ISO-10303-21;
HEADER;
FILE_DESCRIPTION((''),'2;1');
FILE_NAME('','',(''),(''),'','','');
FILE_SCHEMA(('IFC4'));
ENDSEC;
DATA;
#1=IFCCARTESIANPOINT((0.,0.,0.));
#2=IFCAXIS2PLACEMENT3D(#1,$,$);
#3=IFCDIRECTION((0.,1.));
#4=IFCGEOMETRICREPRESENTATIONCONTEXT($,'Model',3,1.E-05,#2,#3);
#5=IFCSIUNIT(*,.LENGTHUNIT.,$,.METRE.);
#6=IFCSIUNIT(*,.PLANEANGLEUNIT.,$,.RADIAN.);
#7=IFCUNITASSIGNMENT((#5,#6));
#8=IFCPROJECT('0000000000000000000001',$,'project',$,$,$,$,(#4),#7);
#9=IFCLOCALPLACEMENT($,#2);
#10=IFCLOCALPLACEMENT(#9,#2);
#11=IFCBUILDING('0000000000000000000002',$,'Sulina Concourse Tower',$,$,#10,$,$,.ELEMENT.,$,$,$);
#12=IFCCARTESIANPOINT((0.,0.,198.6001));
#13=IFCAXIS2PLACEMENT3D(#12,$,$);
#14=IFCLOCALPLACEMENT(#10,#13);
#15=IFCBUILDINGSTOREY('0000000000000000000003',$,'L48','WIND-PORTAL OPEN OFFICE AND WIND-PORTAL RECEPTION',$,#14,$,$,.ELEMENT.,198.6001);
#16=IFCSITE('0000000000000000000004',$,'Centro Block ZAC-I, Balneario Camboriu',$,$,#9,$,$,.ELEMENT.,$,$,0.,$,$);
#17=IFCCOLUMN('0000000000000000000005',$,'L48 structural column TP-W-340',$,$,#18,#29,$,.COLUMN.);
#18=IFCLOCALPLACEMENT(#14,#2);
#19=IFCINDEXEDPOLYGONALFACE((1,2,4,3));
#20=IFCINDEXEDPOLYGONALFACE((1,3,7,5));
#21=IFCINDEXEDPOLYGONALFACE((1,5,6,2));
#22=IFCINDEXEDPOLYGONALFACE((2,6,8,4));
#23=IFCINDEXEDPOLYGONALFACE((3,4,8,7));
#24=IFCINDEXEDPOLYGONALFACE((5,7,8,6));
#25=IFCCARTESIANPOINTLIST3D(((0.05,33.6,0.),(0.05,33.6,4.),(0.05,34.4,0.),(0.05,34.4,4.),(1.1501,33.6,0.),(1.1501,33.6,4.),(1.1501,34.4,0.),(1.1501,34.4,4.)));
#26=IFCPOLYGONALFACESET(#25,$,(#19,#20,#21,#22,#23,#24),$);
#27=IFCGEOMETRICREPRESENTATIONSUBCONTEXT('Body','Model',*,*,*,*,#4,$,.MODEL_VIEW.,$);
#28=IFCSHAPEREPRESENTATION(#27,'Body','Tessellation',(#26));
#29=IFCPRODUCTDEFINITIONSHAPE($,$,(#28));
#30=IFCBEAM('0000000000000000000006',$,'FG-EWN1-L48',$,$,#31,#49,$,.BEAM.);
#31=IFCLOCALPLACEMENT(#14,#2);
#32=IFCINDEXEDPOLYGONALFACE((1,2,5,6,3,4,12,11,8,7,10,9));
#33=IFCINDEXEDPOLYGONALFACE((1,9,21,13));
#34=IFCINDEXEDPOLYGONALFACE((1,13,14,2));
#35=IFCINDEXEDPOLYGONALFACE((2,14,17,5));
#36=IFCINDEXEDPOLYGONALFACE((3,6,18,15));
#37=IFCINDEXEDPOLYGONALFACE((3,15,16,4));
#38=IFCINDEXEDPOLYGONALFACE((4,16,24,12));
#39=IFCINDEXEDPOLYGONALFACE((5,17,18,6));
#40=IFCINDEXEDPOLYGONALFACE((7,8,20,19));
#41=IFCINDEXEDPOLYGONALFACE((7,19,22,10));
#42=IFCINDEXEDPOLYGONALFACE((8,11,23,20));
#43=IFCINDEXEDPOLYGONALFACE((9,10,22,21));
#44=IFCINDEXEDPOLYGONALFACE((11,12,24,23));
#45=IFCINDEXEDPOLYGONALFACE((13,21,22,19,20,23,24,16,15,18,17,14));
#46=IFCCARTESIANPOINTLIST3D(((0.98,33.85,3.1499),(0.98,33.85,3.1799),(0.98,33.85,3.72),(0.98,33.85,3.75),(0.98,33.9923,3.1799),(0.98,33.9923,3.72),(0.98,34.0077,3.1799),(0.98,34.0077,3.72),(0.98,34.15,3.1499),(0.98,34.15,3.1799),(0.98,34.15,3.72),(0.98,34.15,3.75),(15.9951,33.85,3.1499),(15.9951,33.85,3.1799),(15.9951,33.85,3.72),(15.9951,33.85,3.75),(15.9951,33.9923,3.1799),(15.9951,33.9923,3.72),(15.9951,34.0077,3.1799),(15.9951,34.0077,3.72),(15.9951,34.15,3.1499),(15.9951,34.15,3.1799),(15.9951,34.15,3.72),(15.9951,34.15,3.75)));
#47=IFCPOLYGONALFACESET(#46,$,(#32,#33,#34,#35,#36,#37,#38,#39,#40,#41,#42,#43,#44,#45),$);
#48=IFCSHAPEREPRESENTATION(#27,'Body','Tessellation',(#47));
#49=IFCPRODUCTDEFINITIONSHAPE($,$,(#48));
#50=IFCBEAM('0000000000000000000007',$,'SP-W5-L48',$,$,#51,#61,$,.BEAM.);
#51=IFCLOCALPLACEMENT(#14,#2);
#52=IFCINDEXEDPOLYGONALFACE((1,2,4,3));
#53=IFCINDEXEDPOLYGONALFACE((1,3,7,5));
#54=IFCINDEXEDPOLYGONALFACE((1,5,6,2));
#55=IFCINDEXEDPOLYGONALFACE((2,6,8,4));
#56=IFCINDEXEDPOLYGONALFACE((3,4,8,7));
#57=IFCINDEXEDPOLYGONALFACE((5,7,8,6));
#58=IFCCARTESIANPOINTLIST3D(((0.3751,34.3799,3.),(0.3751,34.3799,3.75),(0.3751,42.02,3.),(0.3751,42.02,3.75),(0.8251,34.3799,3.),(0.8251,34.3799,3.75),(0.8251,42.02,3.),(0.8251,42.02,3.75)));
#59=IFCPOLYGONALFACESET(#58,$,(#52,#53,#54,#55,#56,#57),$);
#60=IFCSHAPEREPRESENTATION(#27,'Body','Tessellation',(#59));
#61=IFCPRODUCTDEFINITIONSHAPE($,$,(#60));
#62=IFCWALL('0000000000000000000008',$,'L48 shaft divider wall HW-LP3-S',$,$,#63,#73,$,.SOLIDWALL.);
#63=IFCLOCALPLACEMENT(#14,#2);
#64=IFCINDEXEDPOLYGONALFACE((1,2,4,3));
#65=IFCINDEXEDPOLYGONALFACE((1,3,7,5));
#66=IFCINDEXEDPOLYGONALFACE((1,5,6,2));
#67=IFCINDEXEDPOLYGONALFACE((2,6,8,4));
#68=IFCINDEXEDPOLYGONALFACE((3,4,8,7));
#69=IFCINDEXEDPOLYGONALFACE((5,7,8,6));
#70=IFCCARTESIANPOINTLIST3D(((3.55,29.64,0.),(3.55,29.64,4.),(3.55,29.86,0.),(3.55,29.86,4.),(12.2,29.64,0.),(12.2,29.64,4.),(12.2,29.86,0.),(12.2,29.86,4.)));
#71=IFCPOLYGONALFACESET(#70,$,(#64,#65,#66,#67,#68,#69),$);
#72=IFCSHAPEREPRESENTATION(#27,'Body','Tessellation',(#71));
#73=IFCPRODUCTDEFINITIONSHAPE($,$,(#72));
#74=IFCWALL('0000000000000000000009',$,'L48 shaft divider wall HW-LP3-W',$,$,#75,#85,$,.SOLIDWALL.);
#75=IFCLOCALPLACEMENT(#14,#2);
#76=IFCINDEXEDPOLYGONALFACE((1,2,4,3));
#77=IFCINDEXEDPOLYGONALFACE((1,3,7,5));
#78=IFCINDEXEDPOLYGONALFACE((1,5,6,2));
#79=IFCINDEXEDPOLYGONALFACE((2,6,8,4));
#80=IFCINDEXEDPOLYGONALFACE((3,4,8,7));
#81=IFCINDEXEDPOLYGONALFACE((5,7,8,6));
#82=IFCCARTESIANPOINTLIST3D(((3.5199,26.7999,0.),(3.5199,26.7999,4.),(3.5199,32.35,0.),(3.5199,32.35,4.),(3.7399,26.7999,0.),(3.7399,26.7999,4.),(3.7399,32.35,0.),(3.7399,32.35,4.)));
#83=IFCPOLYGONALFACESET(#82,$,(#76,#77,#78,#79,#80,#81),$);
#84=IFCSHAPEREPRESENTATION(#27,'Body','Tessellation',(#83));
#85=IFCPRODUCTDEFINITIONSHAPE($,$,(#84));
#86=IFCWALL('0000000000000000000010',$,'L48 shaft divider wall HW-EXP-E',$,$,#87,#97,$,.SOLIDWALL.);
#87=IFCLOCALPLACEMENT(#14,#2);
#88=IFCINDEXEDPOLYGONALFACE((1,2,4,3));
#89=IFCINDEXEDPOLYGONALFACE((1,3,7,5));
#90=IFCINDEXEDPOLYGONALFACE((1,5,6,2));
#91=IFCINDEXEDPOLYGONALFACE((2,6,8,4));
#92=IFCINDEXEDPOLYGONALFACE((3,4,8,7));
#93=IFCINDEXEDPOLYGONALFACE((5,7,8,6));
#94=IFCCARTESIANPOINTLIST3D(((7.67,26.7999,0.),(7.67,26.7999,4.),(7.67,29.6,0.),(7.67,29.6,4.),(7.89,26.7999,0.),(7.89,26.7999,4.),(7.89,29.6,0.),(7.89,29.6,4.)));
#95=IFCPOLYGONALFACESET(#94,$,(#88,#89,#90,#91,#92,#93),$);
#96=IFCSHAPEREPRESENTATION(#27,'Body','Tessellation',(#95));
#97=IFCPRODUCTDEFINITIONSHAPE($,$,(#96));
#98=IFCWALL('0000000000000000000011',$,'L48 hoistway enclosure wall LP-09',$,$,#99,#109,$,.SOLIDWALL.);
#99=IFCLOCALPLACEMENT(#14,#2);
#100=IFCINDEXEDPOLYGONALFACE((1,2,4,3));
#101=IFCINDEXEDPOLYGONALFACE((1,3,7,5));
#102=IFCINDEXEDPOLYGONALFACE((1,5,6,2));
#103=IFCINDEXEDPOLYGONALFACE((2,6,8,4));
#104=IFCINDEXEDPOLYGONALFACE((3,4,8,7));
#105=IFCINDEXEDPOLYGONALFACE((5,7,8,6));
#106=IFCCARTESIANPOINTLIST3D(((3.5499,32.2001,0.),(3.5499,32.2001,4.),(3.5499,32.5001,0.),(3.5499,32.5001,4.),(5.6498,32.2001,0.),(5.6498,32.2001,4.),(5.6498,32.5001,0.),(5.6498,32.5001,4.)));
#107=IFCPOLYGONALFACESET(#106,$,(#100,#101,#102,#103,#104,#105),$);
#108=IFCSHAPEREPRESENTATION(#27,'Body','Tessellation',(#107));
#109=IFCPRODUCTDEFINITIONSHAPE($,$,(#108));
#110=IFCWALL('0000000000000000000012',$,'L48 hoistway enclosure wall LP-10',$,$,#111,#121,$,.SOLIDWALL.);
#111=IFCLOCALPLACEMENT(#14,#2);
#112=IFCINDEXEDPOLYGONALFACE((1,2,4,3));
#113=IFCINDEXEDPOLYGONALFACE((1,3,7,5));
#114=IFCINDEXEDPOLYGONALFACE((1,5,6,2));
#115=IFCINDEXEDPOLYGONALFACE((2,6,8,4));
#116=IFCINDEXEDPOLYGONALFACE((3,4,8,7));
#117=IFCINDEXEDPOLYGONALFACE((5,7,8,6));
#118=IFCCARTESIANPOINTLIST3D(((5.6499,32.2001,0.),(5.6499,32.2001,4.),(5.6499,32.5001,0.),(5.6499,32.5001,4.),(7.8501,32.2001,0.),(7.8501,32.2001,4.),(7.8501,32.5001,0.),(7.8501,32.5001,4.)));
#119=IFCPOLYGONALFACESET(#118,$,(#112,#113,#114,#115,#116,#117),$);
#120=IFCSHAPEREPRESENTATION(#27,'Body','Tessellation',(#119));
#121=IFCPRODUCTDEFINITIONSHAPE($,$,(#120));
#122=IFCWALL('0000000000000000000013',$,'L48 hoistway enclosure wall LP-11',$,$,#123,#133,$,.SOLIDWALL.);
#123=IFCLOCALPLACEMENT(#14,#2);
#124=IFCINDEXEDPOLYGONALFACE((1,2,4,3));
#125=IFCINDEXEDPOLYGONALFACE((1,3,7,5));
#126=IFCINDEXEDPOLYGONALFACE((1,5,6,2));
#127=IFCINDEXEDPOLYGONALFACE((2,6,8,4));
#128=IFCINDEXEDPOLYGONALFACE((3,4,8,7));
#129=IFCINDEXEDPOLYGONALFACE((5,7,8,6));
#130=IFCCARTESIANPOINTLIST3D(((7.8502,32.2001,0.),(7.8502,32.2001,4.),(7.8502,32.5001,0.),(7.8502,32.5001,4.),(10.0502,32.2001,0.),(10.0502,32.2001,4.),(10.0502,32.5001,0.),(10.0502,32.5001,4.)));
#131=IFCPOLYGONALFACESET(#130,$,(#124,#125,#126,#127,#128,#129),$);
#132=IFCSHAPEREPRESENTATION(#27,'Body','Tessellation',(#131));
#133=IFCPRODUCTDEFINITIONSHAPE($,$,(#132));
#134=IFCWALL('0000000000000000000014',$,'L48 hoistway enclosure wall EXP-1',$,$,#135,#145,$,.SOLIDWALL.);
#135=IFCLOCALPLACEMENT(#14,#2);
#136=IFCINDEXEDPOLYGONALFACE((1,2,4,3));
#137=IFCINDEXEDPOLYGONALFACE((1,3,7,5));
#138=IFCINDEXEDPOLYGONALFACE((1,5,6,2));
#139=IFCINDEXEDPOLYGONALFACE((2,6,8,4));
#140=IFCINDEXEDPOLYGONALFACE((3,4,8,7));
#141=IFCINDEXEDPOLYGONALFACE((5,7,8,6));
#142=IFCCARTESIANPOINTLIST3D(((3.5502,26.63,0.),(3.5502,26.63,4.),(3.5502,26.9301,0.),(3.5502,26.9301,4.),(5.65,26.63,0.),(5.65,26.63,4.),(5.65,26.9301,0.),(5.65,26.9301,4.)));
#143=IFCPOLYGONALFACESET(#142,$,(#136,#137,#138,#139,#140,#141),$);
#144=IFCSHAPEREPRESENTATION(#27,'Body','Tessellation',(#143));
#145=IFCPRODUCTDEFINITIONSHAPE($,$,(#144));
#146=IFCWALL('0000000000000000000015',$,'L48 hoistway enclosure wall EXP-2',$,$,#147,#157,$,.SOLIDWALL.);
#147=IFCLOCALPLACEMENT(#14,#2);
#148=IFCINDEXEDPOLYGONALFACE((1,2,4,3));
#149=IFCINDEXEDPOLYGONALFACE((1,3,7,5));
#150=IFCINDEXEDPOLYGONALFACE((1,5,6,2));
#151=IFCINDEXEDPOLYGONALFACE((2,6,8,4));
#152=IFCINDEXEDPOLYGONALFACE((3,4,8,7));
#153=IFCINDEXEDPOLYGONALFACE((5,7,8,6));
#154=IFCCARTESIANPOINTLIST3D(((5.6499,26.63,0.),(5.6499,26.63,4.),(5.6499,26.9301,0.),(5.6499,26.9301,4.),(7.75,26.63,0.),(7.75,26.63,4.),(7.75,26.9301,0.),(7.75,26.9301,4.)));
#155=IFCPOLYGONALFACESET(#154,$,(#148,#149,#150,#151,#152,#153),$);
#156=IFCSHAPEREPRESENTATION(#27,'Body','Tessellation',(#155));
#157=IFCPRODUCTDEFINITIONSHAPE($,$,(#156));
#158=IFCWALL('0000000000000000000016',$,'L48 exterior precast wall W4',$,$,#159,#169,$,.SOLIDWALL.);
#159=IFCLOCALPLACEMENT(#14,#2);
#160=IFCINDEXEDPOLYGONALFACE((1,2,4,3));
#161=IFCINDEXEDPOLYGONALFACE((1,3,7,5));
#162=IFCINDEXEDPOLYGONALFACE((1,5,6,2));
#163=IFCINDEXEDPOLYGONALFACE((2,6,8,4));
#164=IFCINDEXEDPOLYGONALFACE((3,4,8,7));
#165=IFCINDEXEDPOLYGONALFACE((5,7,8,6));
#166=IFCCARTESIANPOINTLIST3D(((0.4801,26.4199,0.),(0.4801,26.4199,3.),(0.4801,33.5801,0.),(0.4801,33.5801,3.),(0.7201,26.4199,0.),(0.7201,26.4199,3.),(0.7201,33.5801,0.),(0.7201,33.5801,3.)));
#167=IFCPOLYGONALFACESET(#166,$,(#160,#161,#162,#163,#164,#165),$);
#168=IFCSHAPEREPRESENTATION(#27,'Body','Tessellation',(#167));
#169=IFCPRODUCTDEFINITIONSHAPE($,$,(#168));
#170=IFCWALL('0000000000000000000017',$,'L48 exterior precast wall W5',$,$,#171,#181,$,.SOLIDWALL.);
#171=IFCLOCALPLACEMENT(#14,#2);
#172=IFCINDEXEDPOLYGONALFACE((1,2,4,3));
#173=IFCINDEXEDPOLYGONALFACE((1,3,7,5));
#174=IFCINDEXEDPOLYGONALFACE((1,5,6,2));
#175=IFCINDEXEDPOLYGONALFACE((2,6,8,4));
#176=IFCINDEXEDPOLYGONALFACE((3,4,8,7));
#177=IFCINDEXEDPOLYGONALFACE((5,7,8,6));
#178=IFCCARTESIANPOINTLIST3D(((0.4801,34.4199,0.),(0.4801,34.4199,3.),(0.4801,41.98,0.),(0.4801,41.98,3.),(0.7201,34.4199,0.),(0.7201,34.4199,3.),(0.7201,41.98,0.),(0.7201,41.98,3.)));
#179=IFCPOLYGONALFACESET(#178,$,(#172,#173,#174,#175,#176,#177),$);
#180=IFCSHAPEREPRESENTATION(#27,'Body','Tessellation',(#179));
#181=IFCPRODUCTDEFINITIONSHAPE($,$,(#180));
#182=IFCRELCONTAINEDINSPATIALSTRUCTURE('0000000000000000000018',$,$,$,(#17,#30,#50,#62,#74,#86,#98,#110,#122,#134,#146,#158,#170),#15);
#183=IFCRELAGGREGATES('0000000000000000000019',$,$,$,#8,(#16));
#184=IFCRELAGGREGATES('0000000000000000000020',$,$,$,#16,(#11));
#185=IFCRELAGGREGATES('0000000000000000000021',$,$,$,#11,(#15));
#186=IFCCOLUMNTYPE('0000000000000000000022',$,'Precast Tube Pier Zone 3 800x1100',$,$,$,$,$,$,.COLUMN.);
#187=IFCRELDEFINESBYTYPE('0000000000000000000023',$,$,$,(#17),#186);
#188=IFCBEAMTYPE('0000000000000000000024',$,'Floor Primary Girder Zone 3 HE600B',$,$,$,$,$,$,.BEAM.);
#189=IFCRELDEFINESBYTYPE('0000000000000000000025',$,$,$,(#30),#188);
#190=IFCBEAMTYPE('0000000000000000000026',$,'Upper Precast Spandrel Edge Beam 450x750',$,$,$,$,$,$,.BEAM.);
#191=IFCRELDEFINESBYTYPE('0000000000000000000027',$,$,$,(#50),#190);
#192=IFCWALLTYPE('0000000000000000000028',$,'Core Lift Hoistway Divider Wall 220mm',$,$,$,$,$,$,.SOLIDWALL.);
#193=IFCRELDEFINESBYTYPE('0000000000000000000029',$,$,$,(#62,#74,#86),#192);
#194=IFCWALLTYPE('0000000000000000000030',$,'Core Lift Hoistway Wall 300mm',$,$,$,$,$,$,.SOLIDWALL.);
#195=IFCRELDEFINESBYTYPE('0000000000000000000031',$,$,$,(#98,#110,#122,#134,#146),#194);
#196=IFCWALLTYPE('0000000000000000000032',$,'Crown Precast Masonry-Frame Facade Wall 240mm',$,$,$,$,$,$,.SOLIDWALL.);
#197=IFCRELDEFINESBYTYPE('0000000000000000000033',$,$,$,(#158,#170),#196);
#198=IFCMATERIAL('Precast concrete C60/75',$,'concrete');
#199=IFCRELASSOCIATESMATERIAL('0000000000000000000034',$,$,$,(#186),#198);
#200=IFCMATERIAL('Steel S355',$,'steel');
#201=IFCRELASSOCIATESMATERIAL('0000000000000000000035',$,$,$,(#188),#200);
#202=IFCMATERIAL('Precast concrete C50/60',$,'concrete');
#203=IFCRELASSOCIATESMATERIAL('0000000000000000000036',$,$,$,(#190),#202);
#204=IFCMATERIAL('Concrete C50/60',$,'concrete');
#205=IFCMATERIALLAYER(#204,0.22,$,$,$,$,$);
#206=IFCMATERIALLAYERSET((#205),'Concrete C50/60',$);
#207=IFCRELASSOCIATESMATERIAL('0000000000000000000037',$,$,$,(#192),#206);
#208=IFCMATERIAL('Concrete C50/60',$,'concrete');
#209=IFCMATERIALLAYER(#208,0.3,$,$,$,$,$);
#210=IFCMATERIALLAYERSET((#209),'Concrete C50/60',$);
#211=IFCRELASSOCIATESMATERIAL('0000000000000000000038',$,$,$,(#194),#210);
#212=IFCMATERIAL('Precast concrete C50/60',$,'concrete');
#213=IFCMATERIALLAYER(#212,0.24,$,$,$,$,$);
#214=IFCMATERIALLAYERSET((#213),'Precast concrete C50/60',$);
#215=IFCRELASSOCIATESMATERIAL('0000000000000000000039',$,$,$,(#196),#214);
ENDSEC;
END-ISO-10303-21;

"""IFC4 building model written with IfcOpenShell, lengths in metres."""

from ifc_helpers import new_model, si_unit, direction, frame, frame_2d, origin, origin_2d, place, context, subcontext, project, spatial, rectangle, i_section, extrude, material, layer, layer_set, material_profile, profile_set, type_object, element, save


model = new_model("IFC4")

# Units and contexts
model_context = context("Model", 3, precision=1e-05, world=origin(), true_north=direction((0.0, 1.0)))
body_context = subcontext(model_context, "Body", "Model", "MODEL_VIEW")
ifc_project = project(units=[si_unit("LENGTHUNIT", "METRE"), si_unit("PLANEANGLEUNIT", "RADIAN")], contexts=[model_context])

# Site, building, storey
site_placement = place(None, origin())
site = spatial("IfcSite", under=ifc_project, at=site_placement, Name="Centro Block ZAC-I, Balneario Camboriu", CompositionType="ELEMENT", RefElevation=0.0)
building_placement = place(site_placement, origin())
building = spatial("IfcBuilding", under=site, at=building_placement, Name="Sulina Concourse Tower", CompositionType="ELEMENT")
storey_placement = place(building_placement, frame((0.0, 0.0, 198.6001)))
storey = spatial("IfcBuildingStorey", under=building, at=storey_placement, Name="L48", Description="WIND-PORTAL OPEN OFFICE AND WIND-PORTAL RECEPTION", CompositionType="ELEMENT", Elevation=198.6001)

# Column
ifc_material_1 = material(Name="Precast concrete C60/75", Category="concrete")
ifc_material_profile_1 = material_profile(ifc_material_1, rectangle(XDim=0.8, YDim=1.1001, at=origin_2d()), Name="PC 800x1100")
ifc_profile_set_1 = profile_set([ifc_material_profile_1], Name="Precast concrete C60/75")
column_type = type_object("IfcColumnType", Name="Precast Tube Pier Zone 3 800x1100", PredefinedType="COLUMN", material=ifc_profile_set_1)
column_placement = place(storey_placement, frame((0.6001, 34.0, 0.0), z_axis=(0.0, 0.0, 1.0), x_axis=(0.0, 1.0, 0.0)))
element("IfcColumn", 1, at=column_placement, inside=storey, type_object=column_type, Name="L48 structural column TP-W-340", PredefinedType="COLUMN", context=body_context, shape_type="SweptSolid", body=[
    extrude(rectangle(XDim=0.8, YDim=1.1001, at=origin_2d()), origin(), (0.0, 0.0, 1.0), 4.0),
])

# Beams
ifc_material_2 = material(Name="Steel S355", Category="steel")
ifc_material_profile_2 = material_profile(ifc_material_2, i_section(OverallWidth=0.3, OverallDepth=0.6001, WebThickness=0.0154, FlangeThickness=0.03, at=origin_2d()), Name="HE 600 B")
ifc_profile_set_2 = profile_set([ifc_material_profile_2], Name="Steel S355")
beam_type_1 = type_object("IfcBeamType", Name="Floor Primary Girder Zone 3 HE600B", PredefinedType="BEAM", material=ifc_profile_set_2)
beam_1_placement = place(storey_placement, frame((0.98, 34.0, 3.45), z_axis=(1.0, 0.0, 0.0), x_axis=(0.0, 1.0, 0.0)))
element("IfcBeam", 2, at=beam_1_placement, inside=storey, type_object=beam_type_1, Name="FG-EWN1-L48", PredefinedType="BEAM", context=body_context, shape_type="SweptSolid", body=[
    extrude(i_section(OverallWidth=0.3, OverallDepth=0.6001, WebThickness=0.0154, FlangeThickness=0.03, at=origin_2d()), origin(), (0.0, 0.0, 1.0), 15.0151),
])
ifc_material_3 = material(Name="Precast concrete C50/60", Category="concrete")
ifc_material_profile_3 = material_profile(ifc_material_3, rectangle(XDim=0.45, YDim=0.75, at=origin_2d()), Name="RC 450x750")
ifc_profile_set_3 = profile_set([ifc_material_profile_3], Name="Precast concrete C50/60")
beam_type_2 = type_object("IfcBeamType", Name="Upper Precast Spandrel Edge Beam 450x750", PredefinedType="BEAM", material=ifc_profile_set_3)
beam_2_placement = place(storey_placement, frame((0.6001, 34.3799, 3.375), z_axis=(0.0, 1.0, 0.0), x_axis=(-1.0, 0.0, 0.0)))
element("IfcBeam", 3, at=beam_2_placement, inside=storey, type_object=beam_type_2, Name="SP-W5-L48", PredefinedType="BEAM", context=body_context, shape_type="SweptSolid", body=[
    extrude(rectangle(XDim=0.45, YDim=0.75, at=origin_2d()), origin(), (0.0, 0.0, 1.0), 7.6401),
])

# Walls
ifc_material_4 = material(Name="Concrete C50/60", Category="concrete")
ifc_layer_1 = layer(ifc_material_4, 0.22)
ifc_layer_set_1 = layer_set([ifc_layer_1], Name="Concrete C50/60")
wall_type_1 = type_object("IfcWallType", Name="Core Lift Hoistway Divider Wall 220mm", PredefinedType="SOLIDWALL", material=ifc_layer_set_1)
wall_1_placement = place(storey_placement, frame((3.55, 29.75, 0.0), z_axis=(0.0, 0.0, 1.0), x_axis=(1.0, 0.0, 0.0)))
element("IfcWall", 4, at=wall_1_placement, inside=storey, type_object=wall_type_1, Name="L48 shaft divider wall HW-LP3-S", PredefinedType="SOLIDWALL", context=body_context, shape_type="SweptSolid", body=[
    extrude(rectangle(XDim=8.6499, YDim=0.22, at=frame_2d((4.325, 0.0))), origin(), (0.0, 0.0, 1.0), 4.0),
])
wall_2_placement = place(storey_placement, frame((3.6299, 26.8, 0.0), z_axis=(0.0, 0.0, 1.0), x_axis=(0.0, 1.0, 0.0)))
element("IfcWall", 5, at=wall_2_placement, inside=storey, type_object=wall_type_1, Name="L48 shaft divider wall HW-LP3-W", PredefinedType="SOLIDWALL", context=body_context, shape_type="SweptSolid", body=[
    extrude(rectangle(XDim=5.55, YDim=0.22, at=frame_2d((2.7749, 0.0))), origin(), (0.0, 0.0, 1.0), 4.0),
])
wall_3_placement = place(storey_placement, frame((7.78, 26.8, 0.0), z_axis=(0.0, 0.0, 1.0), x_axis=(0.0, 1.0, 0.0)))
element("IfcWall", 6, at=wall_3_placement, inside=storey, type_object=wall_type_1, Name="L48 shaft divider wall HW-EXP-E", PredefinedType="SOLIDWALL", context=body_context, shape_type="SweptSolid", body=[
    extrude(rectangle(XDim=2.8, YDim=0.22, at=frame_2d((1.3999, 0.0))), origin(), (0.0, 0.0, 1.0), 4.0),
])
ifc_material_5 = material(Name="Concrete C50/60", Category="concrete")
ifc_layer_2 = layer(ifc_material_5, 0.3)
ifc_layer_set_2 = layer_set([ifc_layer_2], Name="Concrete C50/60")
wall_type_2 = type_object("IfcWallType", Name="Core Lift Hoistway Wall 300mm", PredefinedType="SOLIDWALL", material=ifc_layer_set_2)
wall_4_placement = place(storey_placement, frame((3.55, 32.3501, 0.0), z_axis=(0.0, 0.0, 1.0), x_axis=(1.0, 0.0, 0.0)))
element("IfcWall", 7, at=wall_4_placement, inside=storey, type_object=wall_type_2, Name="L48 hoistway enclosure wall LP-09", PredefinedType="SOLIDWALL", context=body_context, shape_type="SweptSolid", body=[
    extrude(rectangle(XDim=2.0999, YDim=0.3, at=frame_2d((1.0498, 0.0))), origin(), (0.0, 0.0, 1.0), 4.0),
])
wall_5_placement = place(storey_placement, frame((5.6499, 32.3501, 0.0), z_axis=(0.0, 0.0, 1.0), x_axis=(1.0, 0.0, 0.0)))
element("IfcWall", 8, at=wall_5_placement, inside=storey, type_object=wall_type_2, Name="L48 hoistway enclosure wall LP-10", PredefinedType="SOLIDWALL", context=body_context, shape_type="SweptSolid", body=[
    extrude(rectangle(XDim=2.2002, YDim=0.3, at=frame_2d((1.1001, 0.0))), origin(), (0.0, 0.0, 1.0), 4.0),
])
wall_6_placement = place(storey_placement, frame((7.8501, 32.3501, 0.0), z_axis=(0.0, 0.0, 1.0), x_axis=(1.0, 0.0, 0.0)))
element("IfcWall", 9, at=wall_6_placement, inside=storey, type_object=wall_type_2, Name="L48 hoistway enclosure wall LP-11", PredefinedType="SOLIDWALL", context=body_context, shape_type="SweptSolid", body=[
    extrude(rectangle(XDim=2.2, YDim=0.3, at=frame_2d((1.1001, 0.0))), origin(), (0.0, 0.0, 1.0), 4.0),
])
wall_7_placement = place(storey_placement, frame((5.6499, 26.78, 0.0), z_axis=(0.0, 0.0, 1.0), x_axis=(-1.0, 0.0, 0.0)))
element("IfcWall", 10, at=wall_7_placement, inside=storey, type_object=wall_type_2, Name="L48 hoistway enclosure wall EXP-1", PredefinedType="SOLIDWALL", context=body_context, shape_type="SweptSolid", body=[
    extrude(rectangle(XDim=2.0999, YDim=0.3, at=frame_2d((1.0498, 0.0))), origin(), (0.0, 0.0, 1.0), 4.0),
])
wall_8_placement = place(storey_placement, frame((7.75, 26.78, 0.0), z_axis=(0.0, 0.0, 1.0), x_axis=(-1.0, 0.0, 0.0)))
element("IfcWall", 11, at=wall_8_placement, inside=storey, type_object=wall_type_2, Name="L48 hoistway enclosure wall EXP-2", PredefinedType="SOLIDWALL", context=body_context, shape_type="SweptSolid", body=[
    extrude(rectangle(XDim=2.1001, YDim=0.3, at=frame_2d((1.05, 0.0))), origin(), (0.0, 0.0, 1.0), 4.0),
])
ifc_material_6 = material(Name="Precast concrete C50/60", Category="concrete")
ifc_layer_3 = layer(ifc_material_6, 0.24)
ifc_layer_set_3 = layer_set([ifc_layer_3], Name="Precast concrete C50/60")
wall_type_3 = type_object("IfcWallType", Name="Crown Precast Masonry-Frame Facade Wall 240mm", PredefinedType="SOLIDWALL", material=ifc_layer_set_3)
wall_9_placement = place(storey_placement, frame((0.6001, 26.4199, 0.0), z_axis=(0.0, 0.0, 1.0), x_axis=(0.0, 1.0, 0.0)))
element("IfcWall", 12, at=wall_9_placement, inside=storey, type_object=wall_type_3, Name="L48 exterior precast wall W4", PredefinedType="SOLIDWALL", context=body_context, shape_type="SweptSolid", body=[
    extrude(rectangle(XDim=7.1602, YDim=0.24, at=frame_2d((3.5801, 0.0))), origin(), (0.0, 0.0, 1.0), 3.0),
])
wall_10_placement = place(storey_placement, frame((0.6001, 34.4199, 0.0), z_axis=(0.0, 0.0, 1.0), x_axis=(0.0, 1.0, 0.0)))
element("IfcWall", 13, at=wall_10_placement, inside=storey, type_object=wall_type_3, Name="L48 exterior precast wall W5", PredefinedType="SOLIDWALL", context=body_context, shape_type="SweptSolid", body=[
    extrude(rectangle(XDim=7.5601, YDim=0.24, at=frame_2d((3.78, 0.0))), origin(), (0.0, 0.0, 1.0), 3.0),
])

save(model, "model.ifc")
